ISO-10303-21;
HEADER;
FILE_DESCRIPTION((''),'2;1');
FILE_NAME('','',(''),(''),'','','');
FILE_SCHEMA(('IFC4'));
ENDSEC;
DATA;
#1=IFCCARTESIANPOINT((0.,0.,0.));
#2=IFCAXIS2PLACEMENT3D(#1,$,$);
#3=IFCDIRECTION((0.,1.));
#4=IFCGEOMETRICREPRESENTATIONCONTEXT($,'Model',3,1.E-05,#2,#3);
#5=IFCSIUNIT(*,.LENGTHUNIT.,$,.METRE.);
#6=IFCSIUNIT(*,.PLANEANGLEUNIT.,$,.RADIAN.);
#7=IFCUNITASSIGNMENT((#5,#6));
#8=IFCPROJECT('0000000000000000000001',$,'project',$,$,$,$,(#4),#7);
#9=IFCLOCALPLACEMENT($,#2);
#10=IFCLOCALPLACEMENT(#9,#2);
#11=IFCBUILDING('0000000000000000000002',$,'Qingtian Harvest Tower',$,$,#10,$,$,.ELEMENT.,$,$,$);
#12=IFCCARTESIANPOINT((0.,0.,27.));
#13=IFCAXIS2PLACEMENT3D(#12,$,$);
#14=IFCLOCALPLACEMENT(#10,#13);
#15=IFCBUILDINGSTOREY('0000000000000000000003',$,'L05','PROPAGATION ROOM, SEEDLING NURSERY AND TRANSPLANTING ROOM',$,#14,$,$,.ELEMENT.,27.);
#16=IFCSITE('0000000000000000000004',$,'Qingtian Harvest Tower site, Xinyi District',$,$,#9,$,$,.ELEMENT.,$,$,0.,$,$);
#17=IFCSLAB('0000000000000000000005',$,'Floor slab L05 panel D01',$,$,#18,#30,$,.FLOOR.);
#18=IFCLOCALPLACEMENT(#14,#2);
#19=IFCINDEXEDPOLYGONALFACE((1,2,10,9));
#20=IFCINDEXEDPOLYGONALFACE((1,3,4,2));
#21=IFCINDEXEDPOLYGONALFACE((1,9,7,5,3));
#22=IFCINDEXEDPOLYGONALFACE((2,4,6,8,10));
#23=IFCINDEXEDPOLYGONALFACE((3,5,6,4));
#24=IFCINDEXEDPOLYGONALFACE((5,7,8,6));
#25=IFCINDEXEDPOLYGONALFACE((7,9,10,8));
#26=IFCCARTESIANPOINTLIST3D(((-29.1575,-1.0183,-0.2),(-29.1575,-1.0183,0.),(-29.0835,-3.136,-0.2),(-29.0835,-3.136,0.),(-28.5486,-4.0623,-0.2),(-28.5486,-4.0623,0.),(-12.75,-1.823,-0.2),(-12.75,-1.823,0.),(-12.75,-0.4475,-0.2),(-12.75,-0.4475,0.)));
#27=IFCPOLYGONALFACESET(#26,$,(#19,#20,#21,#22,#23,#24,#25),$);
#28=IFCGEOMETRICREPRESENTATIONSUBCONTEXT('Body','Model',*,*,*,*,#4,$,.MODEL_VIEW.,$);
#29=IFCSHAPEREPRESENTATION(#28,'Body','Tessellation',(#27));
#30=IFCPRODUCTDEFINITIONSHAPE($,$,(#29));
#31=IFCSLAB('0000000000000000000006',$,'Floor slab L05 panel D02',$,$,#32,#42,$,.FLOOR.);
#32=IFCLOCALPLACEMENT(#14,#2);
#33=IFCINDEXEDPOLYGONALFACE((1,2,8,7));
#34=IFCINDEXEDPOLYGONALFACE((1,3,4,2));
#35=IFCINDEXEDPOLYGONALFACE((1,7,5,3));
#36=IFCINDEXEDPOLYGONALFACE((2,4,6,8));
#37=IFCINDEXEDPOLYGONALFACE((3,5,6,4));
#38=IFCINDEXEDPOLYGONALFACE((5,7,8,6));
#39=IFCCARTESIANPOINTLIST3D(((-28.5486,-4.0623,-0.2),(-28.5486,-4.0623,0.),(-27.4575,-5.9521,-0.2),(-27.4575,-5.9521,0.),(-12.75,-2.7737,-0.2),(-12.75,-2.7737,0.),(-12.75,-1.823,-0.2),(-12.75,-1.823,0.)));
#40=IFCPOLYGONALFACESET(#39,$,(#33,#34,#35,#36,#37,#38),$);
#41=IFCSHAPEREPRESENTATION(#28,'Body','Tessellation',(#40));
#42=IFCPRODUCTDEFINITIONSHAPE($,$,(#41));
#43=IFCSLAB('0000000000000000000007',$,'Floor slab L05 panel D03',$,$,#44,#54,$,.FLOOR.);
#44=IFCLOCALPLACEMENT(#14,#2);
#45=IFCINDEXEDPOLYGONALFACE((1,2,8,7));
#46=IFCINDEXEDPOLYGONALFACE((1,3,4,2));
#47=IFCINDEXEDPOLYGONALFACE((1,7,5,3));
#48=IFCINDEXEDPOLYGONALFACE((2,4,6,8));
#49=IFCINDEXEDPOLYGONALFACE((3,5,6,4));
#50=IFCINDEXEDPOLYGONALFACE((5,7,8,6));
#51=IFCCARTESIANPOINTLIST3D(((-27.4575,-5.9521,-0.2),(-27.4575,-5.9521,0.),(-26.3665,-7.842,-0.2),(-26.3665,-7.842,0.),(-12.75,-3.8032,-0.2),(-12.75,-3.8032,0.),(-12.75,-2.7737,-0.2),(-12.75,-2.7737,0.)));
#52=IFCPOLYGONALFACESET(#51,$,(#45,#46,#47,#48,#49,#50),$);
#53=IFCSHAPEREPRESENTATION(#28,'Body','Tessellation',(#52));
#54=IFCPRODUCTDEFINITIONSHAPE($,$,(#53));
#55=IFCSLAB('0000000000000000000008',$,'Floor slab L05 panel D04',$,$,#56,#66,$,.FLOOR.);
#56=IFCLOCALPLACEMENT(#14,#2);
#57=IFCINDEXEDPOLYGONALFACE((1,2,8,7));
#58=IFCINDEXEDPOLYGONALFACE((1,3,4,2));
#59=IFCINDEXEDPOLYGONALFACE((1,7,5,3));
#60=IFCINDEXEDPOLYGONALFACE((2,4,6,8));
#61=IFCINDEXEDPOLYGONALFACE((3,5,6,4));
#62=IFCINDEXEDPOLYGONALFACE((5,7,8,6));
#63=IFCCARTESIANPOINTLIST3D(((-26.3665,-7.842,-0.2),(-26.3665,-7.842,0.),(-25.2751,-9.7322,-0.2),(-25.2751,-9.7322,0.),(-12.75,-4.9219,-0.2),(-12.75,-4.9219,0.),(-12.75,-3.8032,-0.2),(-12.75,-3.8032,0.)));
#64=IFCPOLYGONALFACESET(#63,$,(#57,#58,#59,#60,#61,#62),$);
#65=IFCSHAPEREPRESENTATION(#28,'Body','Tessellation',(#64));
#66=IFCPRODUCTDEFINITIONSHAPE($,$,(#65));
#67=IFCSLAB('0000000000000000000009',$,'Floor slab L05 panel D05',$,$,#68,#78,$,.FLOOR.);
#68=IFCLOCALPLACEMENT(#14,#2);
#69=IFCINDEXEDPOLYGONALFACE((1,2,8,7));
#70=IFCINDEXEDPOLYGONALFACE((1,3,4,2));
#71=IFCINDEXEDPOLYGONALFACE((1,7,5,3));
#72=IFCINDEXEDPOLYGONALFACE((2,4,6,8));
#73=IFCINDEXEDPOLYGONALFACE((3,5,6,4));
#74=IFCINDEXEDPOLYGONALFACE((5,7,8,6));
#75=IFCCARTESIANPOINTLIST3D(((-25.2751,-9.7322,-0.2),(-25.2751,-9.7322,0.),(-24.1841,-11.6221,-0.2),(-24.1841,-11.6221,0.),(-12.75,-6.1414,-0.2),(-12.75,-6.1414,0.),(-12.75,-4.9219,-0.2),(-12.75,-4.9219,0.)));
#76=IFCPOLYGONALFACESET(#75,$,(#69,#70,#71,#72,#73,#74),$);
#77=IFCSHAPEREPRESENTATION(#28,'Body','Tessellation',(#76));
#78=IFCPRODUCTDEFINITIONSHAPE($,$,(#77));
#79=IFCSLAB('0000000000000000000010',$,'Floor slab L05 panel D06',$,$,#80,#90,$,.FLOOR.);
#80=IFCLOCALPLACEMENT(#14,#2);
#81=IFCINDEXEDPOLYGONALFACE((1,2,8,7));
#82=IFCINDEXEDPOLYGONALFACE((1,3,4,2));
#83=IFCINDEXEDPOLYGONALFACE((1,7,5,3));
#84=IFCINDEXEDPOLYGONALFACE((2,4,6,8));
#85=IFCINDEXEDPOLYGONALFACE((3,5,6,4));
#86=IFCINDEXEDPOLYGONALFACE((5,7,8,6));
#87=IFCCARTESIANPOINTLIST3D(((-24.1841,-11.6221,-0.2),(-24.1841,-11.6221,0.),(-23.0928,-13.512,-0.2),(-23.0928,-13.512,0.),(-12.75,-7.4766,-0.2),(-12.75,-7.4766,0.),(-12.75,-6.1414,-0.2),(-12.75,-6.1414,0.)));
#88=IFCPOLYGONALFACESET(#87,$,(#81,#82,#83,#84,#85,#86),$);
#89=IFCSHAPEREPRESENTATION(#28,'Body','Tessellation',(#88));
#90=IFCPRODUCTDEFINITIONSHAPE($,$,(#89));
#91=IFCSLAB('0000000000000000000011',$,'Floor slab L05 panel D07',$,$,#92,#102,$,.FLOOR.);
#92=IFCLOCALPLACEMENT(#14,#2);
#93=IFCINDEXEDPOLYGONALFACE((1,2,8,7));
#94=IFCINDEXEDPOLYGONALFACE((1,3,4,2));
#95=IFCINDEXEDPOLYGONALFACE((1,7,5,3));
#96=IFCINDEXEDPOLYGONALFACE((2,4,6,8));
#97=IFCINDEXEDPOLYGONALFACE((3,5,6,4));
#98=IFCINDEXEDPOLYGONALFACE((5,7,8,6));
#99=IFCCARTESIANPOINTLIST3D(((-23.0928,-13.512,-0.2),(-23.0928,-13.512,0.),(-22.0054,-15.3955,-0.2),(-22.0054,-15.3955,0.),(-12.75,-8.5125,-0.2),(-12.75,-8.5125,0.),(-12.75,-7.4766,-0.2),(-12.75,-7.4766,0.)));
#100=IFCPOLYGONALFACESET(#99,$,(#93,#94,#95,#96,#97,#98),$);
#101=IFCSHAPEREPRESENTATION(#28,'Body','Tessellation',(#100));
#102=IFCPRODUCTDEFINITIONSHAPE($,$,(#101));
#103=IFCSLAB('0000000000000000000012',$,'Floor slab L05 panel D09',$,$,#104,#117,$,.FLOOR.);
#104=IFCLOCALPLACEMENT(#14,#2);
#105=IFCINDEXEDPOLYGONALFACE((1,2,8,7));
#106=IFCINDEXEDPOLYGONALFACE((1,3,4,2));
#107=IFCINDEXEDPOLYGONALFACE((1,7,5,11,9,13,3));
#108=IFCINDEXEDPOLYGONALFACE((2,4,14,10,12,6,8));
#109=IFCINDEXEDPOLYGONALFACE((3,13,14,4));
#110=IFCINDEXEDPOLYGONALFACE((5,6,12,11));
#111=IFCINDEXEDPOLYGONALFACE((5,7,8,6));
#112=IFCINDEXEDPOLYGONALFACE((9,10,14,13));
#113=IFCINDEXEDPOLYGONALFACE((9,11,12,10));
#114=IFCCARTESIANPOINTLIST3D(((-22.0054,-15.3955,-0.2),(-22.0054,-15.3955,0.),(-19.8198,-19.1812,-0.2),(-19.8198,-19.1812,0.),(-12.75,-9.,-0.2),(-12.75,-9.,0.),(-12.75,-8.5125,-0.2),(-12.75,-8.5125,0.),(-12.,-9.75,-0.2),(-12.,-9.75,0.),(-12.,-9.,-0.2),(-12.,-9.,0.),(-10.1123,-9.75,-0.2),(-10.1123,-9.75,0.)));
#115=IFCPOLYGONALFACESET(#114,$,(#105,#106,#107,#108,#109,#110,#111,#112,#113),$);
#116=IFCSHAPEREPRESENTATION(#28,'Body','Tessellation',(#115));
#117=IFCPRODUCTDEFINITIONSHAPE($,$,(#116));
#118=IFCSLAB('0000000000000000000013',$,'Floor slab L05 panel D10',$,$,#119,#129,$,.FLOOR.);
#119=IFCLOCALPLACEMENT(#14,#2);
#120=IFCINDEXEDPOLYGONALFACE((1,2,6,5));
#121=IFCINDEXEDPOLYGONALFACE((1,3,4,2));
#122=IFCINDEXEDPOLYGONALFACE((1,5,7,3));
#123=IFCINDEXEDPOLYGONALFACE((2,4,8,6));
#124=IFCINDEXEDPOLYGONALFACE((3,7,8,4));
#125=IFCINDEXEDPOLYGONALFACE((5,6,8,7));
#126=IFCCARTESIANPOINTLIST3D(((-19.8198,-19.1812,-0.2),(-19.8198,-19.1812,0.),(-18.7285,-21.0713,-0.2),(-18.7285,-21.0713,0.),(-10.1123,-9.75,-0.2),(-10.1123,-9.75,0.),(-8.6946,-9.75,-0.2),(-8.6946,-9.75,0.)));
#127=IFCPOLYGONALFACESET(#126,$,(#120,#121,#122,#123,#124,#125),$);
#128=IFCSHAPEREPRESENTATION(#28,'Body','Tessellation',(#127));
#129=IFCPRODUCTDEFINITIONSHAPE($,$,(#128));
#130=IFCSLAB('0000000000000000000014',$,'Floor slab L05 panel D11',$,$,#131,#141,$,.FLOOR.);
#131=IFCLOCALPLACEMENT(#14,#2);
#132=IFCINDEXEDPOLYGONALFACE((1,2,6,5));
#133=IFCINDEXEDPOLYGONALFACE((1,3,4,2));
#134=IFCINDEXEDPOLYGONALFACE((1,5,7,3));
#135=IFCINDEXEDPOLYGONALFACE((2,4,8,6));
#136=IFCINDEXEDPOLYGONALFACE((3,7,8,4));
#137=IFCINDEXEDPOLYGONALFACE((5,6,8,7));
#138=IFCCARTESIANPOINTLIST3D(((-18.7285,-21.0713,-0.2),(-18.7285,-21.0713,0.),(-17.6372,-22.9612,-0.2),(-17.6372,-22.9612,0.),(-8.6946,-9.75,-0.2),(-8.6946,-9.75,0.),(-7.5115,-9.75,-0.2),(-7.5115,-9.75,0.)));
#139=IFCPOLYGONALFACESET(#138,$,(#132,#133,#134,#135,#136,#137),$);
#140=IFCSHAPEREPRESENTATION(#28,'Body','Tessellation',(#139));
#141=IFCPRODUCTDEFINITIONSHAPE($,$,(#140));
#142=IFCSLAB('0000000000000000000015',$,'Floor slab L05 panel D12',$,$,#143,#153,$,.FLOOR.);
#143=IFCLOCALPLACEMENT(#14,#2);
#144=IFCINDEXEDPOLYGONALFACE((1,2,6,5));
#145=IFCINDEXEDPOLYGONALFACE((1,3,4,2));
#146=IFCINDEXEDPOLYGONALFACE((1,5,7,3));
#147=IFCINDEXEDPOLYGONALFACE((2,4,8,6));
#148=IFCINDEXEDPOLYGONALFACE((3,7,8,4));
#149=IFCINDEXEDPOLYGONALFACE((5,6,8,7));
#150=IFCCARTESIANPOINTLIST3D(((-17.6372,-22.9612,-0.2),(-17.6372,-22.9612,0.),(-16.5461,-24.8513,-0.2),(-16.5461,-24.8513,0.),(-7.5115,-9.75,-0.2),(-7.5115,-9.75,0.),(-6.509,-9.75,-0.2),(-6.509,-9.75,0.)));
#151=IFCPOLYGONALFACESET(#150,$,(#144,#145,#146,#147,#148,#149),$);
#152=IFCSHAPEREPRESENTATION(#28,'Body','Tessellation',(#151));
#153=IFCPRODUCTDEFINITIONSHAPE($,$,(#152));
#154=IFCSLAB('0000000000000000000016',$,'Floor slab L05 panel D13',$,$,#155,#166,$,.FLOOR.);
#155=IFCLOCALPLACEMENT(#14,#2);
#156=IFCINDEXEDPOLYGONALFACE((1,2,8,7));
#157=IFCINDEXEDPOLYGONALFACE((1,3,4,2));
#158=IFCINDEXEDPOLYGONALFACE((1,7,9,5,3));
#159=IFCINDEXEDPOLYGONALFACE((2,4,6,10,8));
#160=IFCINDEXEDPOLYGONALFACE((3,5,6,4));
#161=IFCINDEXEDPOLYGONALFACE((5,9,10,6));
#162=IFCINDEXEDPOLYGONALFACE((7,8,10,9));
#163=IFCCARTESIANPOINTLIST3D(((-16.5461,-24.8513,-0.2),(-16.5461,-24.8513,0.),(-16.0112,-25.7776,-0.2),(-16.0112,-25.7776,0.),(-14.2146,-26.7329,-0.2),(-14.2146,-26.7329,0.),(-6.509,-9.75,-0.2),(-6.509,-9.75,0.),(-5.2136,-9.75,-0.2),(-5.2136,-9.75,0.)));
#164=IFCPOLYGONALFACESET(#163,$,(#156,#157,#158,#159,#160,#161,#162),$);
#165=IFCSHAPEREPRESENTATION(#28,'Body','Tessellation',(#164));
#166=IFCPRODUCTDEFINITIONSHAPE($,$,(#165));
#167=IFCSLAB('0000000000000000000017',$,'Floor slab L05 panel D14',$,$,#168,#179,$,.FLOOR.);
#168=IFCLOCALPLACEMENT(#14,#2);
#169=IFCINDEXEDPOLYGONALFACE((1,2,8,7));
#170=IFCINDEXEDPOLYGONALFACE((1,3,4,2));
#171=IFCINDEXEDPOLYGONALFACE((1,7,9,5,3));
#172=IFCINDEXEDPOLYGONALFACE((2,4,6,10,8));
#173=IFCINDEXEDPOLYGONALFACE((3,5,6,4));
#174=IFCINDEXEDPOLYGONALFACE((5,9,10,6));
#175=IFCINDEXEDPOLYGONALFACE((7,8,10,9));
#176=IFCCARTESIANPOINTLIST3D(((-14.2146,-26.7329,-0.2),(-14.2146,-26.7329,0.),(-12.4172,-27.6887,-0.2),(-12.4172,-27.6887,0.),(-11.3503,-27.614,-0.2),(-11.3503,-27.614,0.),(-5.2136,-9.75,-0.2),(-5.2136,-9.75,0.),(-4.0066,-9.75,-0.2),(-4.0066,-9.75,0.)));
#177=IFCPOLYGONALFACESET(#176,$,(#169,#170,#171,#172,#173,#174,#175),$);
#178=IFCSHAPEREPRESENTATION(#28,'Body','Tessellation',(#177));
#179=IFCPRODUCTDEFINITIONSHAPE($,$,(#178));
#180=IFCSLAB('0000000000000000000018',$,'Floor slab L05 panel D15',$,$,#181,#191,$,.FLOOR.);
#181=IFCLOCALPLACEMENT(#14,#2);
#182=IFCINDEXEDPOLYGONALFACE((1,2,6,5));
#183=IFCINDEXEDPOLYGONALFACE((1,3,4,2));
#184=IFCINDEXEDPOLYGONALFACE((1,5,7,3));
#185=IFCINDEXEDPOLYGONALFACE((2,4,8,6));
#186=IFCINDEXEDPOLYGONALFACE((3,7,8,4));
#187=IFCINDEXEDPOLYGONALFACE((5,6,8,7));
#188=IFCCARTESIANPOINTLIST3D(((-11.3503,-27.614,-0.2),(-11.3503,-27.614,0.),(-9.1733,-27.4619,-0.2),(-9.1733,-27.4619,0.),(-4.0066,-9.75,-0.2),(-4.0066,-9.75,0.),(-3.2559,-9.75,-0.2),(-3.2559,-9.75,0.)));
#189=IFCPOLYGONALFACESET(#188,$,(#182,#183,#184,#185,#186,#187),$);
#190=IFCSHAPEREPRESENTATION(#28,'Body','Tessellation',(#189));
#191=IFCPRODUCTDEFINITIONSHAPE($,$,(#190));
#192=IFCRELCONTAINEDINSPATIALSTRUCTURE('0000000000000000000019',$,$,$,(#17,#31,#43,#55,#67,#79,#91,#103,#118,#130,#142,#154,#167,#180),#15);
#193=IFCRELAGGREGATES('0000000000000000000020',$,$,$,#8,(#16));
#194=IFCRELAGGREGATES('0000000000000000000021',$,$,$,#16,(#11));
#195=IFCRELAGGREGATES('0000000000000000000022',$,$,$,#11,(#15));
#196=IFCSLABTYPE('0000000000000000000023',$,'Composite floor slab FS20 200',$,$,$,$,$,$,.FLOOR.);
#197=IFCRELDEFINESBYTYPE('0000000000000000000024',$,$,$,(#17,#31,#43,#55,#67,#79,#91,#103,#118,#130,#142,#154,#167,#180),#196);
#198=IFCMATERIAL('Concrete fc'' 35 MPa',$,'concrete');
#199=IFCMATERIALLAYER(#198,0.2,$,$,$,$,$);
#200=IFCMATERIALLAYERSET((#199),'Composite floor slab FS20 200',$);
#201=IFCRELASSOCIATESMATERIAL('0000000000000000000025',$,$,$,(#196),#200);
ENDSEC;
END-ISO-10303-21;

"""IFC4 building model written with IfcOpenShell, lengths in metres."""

from ifc_helpers import new_model, si_unit, direction, frame, origin, place, context, subcontext, project, spatial, polyline, outline, extrude, material, layer, layer_set, type_object, element, save


model = new_model("IFC4")

# Units and contexts
model_context = context("Model", 3, precision=1e-05, world=origin(), true_north=direction((0.0, 1.0)))
body_context = subcontext(model_context, "Body", "Model", "MODEL_VIEW")
ifc_project = project(units=[si_unit("LENGTHUNIT", "METRE"), si_unit("PLANEANGLEUNIT", "RADIAN")], contexts=[model_context])

# Site, building, storey
site_placement = place(None, origin())
site = spatial("IfcSite", under=ifc_project, at=site_placement, Name="Qingtian Harvest Tower site, Xinyi District", CompositionType="ELEMENT", RefElevation=0.0)
building_placement = place(site_placement, origin())
building = spatial("IfcBuilding", under=site, at=building_placement, Name="Qingtian Harvest Tower", CompositionType="ELEMENT")
storey_placement = place(building_placement, frame((0.0, 0.0, 27.0)))
storey = spatial("IfcBuildingStorey", under=building, at=storey_placement, Name="L05", Description="PROPAGATION ROOM, SEEDLING NURSERY AND TRANSPLANTING ROOM", CompositionType="ELEMENT", Elevation=27.0)

# Slabs
ifc_material_1 = material(Name="Concrete fc' 35 MPa", Category="concrete")
ifc_layer_1 = layer(ifc_material_1, 0.2)
ifc_layer_set_1 = layer_set([ifc_layer_1], Name="Composite floor slab FS20 200")
slab_type_1 = type_object("IfcSlabType", Name="Composite floor slab FS20 200", PredefinedType="FLOOR", material=ifc_layer_set_1)
slab_1_placement = place(storey_placement, frame((0.0, 0.0, -0.2)))
element("IfcSlab", 1, at=slab_1_placement, inside=storey, type_object=slab_type_1, Name="Floor slab L05 panel D01", PredefinedType="FLOOR", context=body_context, shape_type="SweptSolid", body=[
    extrude(outline(polyline([(-29.1575, -1.0183), (-12.75, -0.4475), (-12.75, -1.823), (-28.5486, -4.0623), (-29.0835, -3.136), (-29.1575, -1.0183)])), origin(), (0.0, 0.0, 1.0), 0.2),
])
slab_2_placement = place(storey_placement, frame((0.0, 0.0, -0.2)))
element("IfcSlab", 2, at=slab_2_placement, inside=storey, type_object=slab_type_1, Name="Floor slab L05 panel D02", PredefinedType="FLOOR", context=body_context, shape_type="SweptSolid", body=[
    extrude(outline(polyline([(-12.75, -2.7737), (-27.4575, -5.9521), (-28.5486, -4.0623), (-12.75, -1.823), (-12.75, -2.7737)])), origin(), (0.0, 0.0, 1.0), 0.2),
])
slab_3_placement = place(storey_placement, frame((0.0, 0.0, -0.2)))
element("IfcSlab", 3, at=slab_3_placement, inside=storey, type_object=slab_type_1, Name="Floor slab L05 panel D03", PredefinedType="FLOOR", context=body_context, shape_type="SweptSolid", body=[
    extrude(outline(polyline([(-12.75, -3.8032), (-26.3665, -7.842), (-27.4575, -5.9521), (-12.75, -2.7737), (-12.75, -3.8032)])), origin(), (0.0, 0.0, 1.0), 0.2),
])
slab_4_placement = place(storey_placement, frame((0.0, 0.0, -0.2)))
element("IfcSlab", 4, at=slab_4_placement, inside=storey, type_object=slab_type_1, Name="Floor slab L05 panel D04", PredefinedType="FLOOR", context=body_context, shape_type="SweptSolid", body=[
    extrude(outline(polyline([(-12.75, -4.9219), (-25.2751, -9.7322), (-26.3665, -7.842), (-12.75, -3.8032), (-12.75, -4.9219)])), origin(), (0.0, 0.0, 1.0), 0.2),
])
slab_5_placement = place(storey_placement, frame((0.0, 0.0, -0.2)))
element("IfcSlab", 5, at=slab_5_placement, inside=storey, type_object=slab_type_1, Name="Floor slab L05 panel D05", PredefinedType="FLOOR", context=body_context, shape_type="SweptSolid", body=[
    extrude(outline(polyline([(-12.75, -6.1414), (-24.1841, -11.6221), (-25.2751, -9.7322), (-12.75, -4.9219), (-12.75, -6.1414)])), origin(), (0.0, 0.0, 1.0), 0.2),
])
slab_6_placement = place(storey_placement, frame((0.0, 0.0, -0.2)))
element("IfcSlab", 6, at=slab_6_placement, inside=storey, type_object=slab_type_1, Name="Floor slab L05 panel D06", PredefinedType="FLOOR", context=body_context, shape_type="SweptSolid", body=[
    extrude(outline(polyline([(-12.75, -7.4766), (-23.0928, -13.512), (-24.1841, -11.6221), (-12.75, -6.1414), (-12.75, -7.4766)])), origin(), (0.0, 0.0, 1.0), 0.2),
])
slab_7_placement = place(storey_placement, frame((0.0, 0.0, -0.2)))
element("IfcSlab", 7, at=slab_7_placement, inside=storey, type_object=slab_type_1, Name="Floor slab L05 panel D07", PredefinedType="FLOOR", context=body_context, shape_type="SweptSolid", body=[
    extrude(outline(polyline([(-12.75, -8.5125), (-22.0054, -15.3955), (-23.0928, -13.512), (-12.75, -7.4766), (-12.75, -8.5125)])), origin(), (0.0, 0.0, 1.0), 0.2),
])
slab_8_placement = place(storey_placement, frame((0.0, 0.0, -0.2)))
element("IfcSlab", 8, at=slab_8_placement, inside=storey, type_object=slab_type_1, Name="Floor slab L05 panel D09", PredefinedType="FLOOR", context=body_context, shape_type="SweptSolid", body=[
    extrude(outline(polyline([(-19.8198, -19.1812), (-22.0054, -15.3955), (-12.75, -8.5125), (-12.75, -9.0), (-12.0, -9.0), (-12.0, -9.75), (-10.1123, -9.75), (-19.8198, -19.1812)])), origin(), (0.0, 0.0, 1.0), 0.2),
])
slab_9_placement = place(storey_placement, frame((0.0, 0.0, -0.2)))
element("IfcSlab", 9, at=slab_9_placement, inside=storey, type_object=slab_type_1, Name="Floor slab L05 panel D10", PredefinedType="FLOOR", context=body_context, shape_type="SweptSolid", body=[
    extrude(outline(polyline([(-8.6946, -9.75), (-18.7285, -21.0713), (-19.8198, -19.1812), (-10.1123, -9.75), (-8.6946, -9.75)])), origin(), (0.0, 0.0, 1.0), 0.2),
])
slab_10_placement = place(storey_placement, frame((0.0, 0.0, -0.2)))
element("IfcSlab", 10, at=slab_10_placement, inside=storey, type_object=slab_type_1, Name="Floor slab L05 panel D11", PredefinedType="FLOOR", context=body_context, shape_type="SweptSolid", body=[
    extrude(outline(polyline([(-7.5115, -9.75), (-17.6372, -22.9612), (-18.7285, -21.0713), (-8.6946, -9.75), (-7.5115, -9.75)])), origin(), (0.0, 0.0, 1.0), 0.2),
])
slab_11_placement = place(storey_placement, frame((0.0, 0.0, -0.2)))
element("IfcSlab", 11, at=slab_11_placement, inside=storey, type_object=slab_type_1, Name="Floor slab L05 panel D12", PredefinedType="FLOOR", context=body_context, shape_type="SweptSolid", body=[
    extrude(outline(polyline([(-6.509, -9.75), (-16.5461, -24.8513), (-17.6372, -22.9612), (-7.5115, -9.75), (-6.509, -9.75)])), origin(), (0.0, 0.0, 1.0), 0.2),
])
slab_12_placement = place(storey_placement, frame((0.0, 0.0, -0.2)))
element("IfcSlab", 12, at=slab_12_placement, inside=storey, type_object=slab_type_1, Name="Floor slab L05 panel D13", PredefinedType="FLOOR", context=body_context, shape_type="SweptSolid", body=[
    extrude(outline(polyline([(-6.509, -9.75), (-5.2136, -9.75), (-14.2146, -26.7329), (-16.0112, -25.7776), (-16.5461, -24.8513), (-6.509, -9.75)])), origin(), (0.0, 0.0, 1.0), 0.2),
])
slab_13_placement = place(storey_placement, frame((0.0, 0.0, -0.2)))
element("IfcSlab", 13, at=slab_13_placement, inside=storey, type_object=slab_type_1, Name="Floor slab L05 panel D14", PredefinedType="FLOOR", context=body_context, shape_type="SweptSolid", body=[
    extrude(outline(polyline([(-5.2136, -9.75), (-4.0066, -9.75), (-11.3503, -27.614), (-12.4172, -27.6887), (-14.2146, -26.7329), (-5.2136, -9.75)])), origin(), (0.0, 0.0, 1.0), 0.2),
])
slab_14_placement = place(storey_placement, frame((0.0, 0.0, -0.2)))
element("IfcSlab", 14, at=slab_14_placement, inside=storey, type_object=slab_type_1, Name="Floor slab L05 panel D15", PredefinedType="FLOOR", context=body_context, shape_type="SweptSolid", body=[
    extrude(outline(polyline([(-3.2559, -9.75), (-9.1733, -27.4619), (-11.3503, -27.614), (-4.0066, -9.75), (-3.2559, -9.75)])), origin(), (0.0, 0.0, 1.0), 0.2),
])

save(model, "model.ifc")
